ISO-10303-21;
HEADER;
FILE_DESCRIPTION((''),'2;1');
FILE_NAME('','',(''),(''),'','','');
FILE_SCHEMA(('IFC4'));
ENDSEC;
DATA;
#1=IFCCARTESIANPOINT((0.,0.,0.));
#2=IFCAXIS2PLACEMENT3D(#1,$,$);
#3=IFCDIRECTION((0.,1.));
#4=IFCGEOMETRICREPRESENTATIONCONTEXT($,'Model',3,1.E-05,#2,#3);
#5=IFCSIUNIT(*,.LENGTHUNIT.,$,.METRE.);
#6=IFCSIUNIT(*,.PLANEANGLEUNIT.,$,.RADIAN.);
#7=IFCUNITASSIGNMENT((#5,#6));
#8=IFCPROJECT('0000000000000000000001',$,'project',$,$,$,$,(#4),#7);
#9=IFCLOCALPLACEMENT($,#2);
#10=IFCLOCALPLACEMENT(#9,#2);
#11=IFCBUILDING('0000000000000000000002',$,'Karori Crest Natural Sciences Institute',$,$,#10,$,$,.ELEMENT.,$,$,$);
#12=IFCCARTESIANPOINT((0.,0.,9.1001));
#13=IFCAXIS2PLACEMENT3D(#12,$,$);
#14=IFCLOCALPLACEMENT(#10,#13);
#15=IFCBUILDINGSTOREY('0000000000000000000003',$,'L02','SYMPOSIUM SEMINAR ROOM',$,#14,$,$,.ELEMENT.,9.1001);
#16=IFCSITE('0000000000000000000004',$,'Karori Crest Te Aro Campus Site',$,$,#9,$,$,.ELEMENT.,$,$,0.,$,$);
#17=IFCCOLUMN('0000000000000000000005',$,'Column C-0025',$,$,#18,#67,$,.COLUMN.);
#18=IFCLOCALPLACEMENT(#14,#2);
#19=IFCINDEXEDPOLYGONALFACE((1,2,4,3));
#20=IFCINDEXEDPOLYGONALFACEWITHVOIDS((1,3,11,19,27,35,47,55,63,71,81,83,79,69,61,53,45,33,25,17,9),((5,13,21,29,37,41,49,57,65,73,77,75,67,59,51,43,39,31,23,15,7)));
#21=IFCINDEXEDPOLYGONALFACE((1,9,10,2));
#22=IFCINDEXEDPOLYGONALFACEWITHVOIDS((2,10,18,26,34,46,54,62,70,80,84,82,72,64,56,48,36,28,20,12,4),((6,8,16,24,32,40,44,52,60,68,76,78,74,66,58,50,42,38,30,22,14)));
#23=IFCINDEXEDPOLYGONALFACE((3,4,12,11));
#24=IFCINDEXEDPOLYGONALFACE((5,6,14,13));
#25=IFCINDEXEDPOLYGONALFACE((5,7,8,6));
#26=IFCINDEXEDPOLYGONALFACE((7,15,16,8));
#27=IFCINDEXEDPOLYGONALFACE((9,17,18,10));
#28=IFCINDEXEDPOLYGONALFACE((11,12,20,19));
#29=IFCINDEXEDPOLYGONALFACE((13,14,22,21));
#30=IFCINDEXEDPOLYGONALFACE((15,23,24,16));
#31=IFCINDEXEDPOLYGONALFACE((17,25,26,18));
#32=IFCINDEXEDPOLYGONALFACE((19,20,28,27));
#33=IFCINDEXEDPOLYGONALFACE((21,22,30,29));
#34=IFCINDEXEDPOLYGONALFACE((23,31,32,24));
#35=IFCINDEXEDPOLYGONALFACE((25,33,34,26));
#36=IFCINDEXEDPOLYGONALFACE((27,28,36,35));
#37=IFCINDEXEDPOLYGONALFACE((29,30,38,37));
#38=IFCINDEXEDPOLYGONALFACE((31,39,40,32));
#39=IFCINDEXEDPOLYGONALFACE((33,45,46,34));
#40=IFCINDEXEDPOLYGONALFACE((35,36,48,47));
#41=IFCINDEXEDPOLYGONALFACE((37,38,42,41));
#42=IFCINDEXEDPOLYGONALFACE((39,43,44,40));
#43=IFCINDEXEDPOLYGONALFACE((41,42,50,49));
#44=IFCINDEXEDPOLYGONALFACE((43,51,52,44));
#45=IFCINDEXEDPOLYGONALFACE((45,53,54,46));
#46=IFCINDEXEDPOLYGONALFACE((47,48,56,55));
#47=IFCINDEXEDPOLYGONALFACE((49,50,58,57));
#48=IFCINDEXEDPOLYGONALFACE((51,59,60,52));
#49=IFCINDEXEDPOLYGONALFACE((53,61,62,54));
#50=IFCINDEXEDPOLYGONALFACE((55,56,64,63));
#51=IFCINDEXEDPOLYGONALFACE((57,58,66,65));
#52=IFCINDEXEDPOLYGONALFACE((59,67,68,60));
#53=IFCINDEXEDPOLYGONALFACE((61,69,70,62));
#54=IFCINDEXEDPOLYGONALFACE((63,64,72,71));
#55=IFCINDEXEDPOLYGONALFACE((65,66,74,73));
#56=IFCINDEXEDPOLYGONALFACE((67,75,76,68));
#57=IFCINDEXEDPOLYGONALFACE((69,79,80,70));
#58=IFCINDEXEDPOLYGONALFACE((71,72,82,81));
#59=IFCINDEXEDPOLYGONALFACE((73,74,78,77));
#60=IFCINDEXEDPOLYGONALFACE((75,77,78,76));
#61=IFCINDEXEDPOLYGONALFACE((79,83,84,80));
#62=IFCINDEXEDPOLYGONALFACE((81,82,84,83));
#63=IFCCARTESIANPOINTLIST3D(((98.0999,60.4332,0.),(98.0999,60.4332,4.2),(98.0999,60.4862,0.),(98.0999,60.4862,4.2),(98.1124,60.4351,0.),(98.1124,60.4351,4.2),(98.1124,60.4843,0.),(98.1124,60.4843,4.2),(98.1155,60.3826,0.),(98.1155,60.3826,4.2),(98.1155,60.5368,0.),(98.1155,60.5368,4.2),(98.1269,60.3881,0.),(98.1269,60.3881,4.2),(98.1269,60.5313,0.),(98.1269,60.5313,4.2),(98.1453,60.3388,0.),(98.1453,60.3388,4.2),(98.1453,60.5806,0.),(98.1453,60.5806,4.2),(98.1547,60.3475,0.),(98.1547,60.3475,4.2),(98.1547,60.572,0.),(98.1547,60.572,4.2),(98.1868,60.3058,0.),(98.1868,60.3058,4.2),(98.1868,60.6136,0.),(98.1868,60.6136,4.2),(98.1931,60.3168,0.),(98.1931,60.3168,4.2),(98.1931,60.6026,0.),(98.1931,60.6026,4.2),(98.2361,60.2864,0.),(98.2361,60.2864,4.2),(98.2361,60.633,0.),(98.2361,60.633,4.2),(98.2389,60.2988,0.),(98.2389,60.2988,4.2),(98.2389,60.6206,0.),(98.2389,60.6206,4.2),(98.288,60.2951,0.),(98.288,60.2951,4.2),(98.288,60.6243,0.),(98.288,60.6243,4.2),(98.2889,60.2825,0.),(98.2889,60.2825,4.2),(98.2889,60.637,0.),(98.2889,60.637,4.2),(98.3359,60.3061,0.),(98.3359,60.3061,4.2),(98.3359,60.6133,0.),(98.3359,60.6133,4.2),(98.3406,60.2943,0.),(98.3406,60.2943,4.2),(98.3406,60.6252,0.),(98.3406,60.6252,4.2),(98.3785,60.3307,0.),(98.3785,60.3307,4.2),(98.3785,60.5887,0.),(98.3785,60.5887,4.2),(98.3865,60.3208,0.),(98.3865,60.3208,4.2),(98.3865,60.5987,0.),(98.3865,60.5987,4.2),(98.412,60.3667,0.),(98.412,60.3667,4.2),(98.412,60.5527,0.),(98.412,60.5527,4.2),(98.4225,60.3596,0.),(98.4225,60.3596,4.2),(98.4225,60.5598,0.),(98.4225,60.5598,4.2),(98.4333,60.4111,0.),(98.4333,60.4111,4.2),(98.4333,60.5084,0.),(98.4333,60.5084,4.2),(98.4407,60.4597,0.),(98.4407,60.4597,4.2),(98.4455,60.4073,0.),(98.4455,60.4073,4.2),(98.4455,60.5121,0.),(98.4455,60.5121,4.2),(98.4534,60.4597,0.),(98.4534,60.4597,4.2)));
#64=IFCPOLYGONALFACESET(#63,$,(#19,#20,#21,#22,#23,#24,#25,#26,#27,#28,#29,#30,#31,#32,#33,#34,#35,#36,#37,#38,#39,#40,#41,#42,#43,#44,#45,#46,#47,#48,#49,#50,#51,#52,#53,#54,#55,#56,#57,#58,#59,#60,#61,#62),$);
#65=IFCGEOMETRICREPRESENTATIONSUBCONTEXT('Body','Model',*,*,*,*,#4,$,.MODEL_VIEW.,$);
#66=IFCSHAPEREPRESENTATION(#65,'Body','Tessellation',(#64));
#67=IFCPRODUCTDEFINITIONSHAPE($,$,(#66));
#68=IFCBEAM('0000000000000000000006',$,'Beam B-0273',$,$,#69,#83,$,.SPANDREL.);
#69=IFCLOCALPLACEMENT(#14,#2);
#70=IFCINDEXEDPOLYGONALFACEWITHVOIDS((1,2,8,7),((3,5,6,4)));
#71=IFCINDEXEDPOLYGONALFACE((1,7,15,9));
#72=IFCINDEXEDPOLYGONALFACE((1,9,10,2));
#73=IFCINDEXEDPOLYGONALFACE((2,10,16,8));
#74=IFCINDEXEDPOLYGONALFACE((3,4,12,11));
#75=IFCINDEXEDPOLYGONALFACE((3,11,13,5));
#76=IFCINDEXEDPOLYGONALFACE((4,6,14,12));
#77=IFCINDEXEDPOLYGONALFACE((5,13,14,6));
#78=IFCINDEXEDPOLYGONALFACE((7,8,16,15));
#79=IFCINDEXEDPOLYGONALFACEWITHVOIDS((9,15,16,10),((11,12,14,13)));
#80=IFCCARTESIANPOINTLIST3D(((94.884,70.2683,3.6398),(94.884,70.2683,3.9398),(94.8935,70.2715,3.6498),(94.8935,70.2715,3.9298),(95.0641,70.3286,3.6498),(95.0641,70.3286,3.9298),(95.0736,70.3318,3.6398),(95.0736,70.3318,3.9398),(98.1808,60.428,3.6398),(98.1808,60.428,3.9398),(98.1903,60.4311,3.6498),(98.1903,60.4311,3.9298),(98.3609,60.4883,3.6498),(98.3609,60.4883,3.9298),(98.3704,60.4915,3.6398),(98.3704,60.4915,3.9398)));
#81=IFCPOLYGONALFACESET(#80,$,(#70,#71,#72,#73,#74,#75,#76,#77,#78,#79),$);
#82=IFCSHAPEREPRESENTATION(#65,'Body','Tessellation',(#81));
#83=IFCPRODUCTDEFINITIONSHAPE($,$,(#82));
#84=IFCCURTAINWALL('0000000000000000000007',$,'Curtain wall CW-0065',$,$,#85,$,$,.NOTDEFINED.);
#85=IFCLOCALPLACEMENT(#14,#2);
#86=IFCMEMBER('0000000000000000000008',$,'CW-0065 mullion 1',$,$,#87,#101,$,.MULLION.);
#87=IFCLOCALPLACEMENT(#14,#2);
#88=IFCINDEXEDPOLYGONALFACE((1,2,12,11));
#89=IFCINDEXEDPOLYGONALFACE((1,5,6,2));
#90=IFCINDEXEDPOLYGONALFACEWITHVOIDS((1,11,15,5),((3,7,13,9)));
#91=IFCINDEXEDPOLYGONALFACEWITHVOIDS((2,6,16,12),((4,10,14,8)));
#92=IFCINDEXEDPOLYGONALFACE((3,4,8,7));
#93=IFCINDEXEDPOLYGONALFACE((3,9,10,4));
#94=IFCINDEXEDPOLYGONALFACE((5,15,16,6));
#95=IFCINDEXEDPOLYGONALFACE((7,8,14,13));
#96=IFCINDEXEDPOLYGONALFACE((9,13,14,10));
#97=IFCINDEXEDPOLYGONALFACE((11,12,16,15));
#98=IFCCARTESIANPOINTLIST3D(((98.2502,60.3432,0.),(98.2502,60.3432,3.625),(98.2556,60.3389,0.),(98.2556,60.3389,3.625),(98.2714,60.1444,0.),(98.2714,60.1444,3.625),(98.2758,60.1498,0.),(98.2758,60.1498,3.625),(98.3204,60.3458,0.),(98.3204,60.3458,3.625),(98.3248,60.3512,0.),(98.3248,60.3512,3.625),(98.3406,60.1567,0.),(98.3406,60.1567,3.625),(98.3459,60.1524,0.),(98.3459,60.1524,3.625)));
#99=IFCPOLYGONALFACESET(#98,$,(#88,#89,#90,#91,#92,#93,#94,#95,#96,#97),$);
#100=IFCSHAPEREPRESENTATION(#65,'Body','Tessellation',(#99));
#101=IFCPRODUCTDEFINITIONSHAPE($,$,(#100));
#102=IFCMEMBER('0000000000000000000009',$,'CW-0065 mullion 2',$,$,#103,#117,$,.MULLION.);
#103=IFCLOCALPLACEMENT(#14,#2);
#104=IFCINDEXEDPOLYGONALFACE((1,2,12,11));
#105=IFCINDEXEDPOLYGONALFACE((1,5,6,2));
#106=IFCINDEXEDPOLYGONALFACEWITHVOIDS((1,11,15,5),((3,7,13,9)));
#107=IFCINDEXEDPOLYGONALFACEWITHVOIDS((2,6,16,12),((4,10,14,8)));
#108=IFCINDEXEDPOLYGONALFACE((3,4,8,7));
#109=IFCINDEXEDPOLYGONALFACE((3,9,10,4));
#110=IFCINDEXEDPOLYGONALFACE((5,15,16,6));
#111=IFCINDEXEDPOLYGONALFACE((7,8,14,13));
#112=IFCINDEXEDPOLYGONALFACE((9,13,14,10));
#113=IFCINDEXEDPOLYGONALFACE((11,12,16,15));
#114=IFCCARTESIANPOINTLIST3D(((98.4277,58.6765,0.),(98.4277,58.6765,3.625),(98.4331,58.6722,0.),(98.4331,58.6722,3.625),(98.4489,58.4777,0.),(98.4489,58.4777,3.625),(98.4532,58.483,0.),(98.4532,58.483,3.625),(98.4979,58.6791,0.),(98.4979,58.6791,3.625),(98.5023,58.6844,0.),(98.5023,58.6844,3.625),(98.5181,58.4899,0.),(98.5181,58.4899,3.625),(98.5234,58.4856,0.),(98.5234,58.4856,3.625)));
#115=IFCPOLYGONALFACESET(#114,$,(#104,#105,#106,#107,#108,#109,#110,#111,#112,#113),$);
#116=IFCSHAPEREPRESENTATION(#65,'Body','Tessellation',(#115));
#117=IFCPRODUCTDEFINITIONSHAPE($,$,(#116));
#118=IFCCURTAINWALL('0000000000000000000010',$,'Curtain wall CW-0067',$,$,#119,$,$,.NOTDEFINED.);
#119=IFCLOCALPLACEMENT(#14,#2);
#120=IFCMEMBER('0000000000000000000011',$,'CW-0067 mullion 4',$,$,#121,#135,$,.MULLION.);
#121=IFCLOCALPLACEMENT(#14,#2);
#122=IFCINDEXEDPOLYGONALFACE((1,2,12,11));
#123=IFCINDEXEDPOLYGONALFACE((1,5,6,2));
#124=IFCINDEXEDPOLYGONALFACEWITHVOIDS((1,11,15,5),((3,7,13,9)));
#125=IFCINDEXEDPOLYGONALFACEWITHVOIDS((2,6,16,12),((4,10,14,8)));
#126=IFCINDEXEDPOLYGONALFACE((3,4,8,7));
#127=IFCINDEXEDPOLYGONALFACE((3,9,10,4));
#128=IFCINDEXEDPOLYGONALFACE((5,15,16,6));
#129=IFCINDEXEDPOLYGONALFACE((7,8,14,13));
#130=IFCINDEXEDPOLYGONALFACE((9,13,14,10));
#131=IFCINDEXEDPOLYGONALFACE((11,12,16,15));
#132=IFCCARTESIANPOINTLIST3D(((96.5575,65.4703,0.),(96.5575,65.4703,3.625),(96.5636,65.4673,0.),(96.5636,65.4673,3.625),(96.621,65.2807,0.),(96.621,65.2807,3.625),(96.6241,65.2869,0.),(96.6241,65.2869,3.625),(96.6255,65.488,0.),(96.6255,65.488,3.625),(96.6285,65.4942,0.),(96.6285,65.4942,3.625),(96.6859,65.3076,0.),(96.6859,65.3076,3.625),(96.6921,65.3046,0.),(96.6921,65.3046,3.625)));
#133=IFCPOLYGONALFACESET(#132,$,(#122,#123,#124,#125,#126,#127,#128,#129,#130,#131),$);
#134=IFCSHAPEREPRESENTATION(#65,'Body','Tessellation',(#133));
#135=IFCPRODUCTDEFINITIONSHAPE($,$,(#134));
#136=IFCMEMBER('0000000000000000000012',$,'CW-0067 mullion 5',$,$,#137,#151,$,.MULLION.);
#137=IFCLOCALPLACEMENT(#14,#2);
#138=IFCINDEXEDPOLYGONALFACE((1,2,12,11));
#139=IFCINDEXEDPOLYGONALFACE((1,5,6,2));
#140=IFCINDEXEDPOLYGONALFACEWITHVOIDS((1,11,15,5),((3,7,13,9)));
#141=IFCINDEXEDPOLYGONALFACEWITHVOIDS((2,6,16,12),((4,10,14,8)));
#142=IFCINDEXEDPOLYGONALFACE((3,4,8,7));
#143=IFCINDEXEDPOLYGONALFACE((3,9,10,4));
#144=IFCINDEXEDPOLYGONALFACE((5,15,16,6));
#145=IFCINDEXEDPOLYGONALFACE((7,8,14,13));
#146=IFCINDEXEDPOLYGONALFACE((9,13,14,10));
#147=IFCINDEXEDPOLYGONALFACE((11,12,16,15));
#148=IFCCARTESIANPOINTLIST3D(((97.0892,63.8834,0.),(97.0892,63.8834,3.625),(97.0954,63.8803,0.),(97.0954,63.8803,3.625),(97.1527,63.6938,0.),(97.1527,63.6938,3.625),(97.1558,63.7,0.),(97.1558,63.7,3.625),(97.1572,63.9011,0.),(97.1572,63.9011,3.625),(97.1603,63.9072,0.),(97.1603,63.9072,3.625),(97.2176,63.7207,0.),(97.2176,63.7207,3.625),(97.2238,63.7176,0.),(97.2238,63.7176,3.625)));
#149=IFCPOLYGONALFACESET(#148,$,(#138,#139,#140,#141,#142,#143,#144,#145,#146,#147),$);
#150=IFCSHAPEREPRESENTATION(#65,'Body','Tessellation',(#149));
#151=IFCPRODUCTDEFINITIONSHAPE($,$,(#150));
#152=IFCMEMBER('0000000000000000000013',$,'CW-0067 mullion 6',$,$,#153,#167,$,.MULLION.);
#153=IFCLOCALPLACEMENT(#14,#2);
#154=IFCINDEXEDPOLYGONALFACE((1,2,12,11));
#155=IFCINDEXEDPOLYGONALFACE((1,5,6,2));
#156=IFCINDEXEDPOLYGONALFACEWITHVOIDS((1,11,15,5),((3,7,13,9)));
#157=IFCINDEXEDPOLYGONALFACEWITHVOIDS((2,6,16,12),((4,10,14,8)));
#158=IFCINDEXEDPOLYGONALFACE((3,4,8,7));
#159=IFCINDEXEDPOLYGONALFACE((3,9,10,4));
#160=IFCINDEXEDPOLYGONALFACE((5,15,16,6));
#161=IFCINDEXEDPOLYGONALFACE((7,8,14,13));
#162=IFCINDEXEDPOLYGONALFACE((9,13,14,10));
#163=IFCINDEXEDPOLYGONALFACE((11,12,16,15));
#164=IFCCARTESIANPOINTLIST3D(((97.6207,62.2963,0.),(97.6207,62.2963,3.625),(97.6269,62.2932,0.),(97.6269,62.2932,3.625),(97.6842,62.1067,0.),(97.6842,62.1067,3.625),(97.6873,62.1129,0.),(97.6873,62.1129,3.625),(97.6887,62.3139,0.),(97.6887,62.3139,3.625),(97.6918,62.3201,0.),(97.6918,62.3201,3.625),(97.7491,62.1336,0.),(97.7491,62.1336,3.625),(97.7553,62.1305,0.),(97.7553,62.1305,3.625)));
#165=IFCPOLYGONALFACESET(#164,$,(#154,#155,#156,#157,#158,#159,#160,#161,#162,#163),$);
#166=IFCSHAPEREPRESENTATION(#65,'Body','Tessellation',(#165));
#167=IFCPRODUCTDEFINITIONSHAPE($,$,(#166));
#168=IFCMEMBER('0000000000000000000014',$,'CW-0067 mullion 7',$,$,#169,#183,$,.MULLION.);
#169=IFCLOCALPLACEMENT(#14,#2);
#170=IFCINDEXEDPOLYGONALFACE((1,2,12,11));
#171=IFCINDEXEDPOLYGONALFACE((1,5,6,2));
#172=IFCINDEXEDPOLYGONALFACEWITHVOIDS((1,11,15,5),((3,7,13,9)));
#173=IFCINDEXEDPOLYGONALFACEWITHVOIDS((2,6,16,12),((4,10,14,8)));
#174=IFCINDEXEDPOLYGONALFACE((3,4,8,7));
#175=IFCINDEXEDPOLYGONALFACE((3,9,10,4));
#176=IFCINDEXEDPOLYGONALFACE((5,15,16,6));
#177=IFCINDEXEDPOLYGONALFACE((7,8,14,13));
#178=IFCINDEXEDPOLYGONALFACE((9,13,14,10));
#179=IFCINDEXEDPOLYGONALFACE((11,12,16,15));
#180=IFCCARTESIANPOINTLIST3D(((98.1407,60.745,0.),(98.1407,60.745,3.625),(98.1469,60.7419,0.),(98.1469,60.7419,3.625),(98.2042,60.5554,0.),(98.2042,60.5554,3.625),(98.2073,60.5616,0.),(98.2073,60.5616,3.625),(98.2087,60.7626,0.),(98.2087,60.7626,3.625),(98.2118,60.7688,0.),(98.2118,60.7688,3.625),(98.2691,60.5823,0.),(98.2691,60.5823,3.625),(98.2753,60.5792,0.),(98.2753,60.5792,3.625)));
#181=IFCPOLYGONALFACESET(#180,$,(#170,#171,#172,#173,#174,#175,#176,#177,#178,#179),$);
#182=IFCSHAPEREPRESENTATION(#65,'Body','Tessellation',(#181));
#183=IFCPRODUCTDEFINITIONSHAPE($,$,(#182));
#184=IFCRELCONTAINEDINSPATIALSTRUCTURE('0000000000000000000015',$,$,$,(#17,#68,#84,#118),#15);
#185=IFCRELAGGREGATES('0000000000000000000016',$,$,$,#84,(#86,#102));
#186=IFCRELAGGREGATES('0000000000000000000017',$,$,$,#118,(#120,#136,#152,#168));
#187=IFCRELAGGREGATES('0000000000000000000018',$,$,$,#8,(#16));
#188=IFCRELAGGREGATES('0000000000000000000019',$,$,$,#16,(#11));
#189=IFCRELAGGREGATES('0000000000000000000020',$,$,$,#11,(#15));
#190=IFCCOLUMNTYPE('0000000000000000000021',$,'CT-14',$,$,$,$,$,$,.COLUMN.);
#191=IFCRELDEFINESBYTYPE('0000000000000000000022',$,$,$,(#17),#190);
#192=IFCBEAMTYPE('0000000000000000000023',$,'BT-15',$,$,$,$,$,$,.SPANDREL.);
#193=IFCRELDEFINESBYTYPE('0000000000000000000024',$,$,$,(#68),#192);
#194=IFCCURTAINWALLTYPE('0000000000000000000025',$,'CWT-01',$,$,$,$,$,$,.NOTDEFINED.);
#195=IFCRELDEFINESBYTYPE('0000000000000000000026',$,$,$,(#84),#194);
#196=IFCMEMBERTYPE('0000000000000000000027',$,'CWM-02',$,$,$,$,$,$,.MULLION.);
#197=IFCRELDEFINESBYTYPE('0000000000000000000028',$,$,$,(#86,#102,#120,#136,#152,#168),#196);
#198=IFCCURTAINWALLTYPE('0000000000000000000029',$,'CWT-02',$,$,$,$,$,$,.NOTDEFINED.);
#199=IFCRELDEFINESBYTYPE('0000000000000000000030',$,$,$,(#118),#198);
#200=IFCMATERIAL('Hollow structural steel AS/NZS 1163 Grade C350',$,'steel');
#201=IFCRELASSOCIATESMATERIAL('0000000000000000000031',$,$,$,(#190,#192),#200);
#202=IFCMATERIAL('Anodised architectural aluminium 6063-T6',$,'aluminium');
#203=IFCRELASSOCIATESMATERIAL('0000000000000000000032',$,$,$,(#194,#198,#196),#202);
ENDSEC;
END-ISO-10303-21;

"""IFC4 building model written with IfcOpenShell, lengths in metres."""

from ifc_helpers import new_model, si_unit, direction, frame, origin, origin_2d, place, context, subcontext, project, spatial, hollow_rectangle, hollow_circle, extrude, material, material_profile, profile_set, type_object, element, aggregate, save


model = new_model("IFC4")

# Units and contexts
model_context = context("Model", 3, precision=1e-05, world=origin(), true_north=direction((0.0, 1.0)))
body_context = subcontext(model_context, "Body", "Model", "MODEL_VIEW")
ifc_project = project(units=[si_unit("LENGTHUNIT", "METRE"), si_unit("PLANEANGLEUNIT", "RADIAN")], contexts=[model_context])

# Site, building, storey
site_placement = place(None, origin())
site = spatial("IfcSite", under=ifc_project, at=site_placement, Name="Karori Crest Te Aro Campus Site", CompositionType="ELEMENT", RefElevation=0.0)
building_placement = place(site_placement, origin())
building = spatial("IfcBuilding", under=site, at=building_placement, Name="Karori Crest Natural Sciences Institute", CompositionType="ELEMENT")
storey_placement = place(building_placement, frame((0.0, 0.0, 9.1001)))
storey = spatial("IfcBuildingStorey", under=building, at=storey_placement, Name="L02", Description="SYMPOSIUM SEMINAR ROOM", CompositionType="ELEMENT", Elevation=9.1001)

# Column
ifc_material_1 = material(Name="Hollow structural steel AS/NZS 1163 Grade C350", Category="steel")
ifc_material_profile_1 = material_profile(ifc_material_1, hollow_circle(Radius=0.1777, WallThickness=0.0127, at=origin_2d()), Name="CHS355.6x12.7")
ifc_profile_set_1 = profile_set([ifc_material_profile_1], Name="Hollow structural steel AS/NZS 1163 Grade C350")
column_type = type_object("IfcColumnType", Name="CT-14", PredefinedType="COLUMN", material=ifc_profile_set_1)
column_placement = place(storey_placement, frame((98.2756, 60.4597, 0.0), z_axis=(0.0, 0.0, 1.0), x_axis=(1.0, 0.0, 0.0)))
element("IfcColumn", 1, at=column_placement, inside=storey, type_object=column_type, Name="Column C-0025", PredefinedType="COLUMN", context=body_context, shape_type="SweptSolid", body=[
    extrude(hollow_circle(Radius=0.1777, WallThickness=0.0127, at=origin_2d()), origin(), (0.0, 0.0, 1.0), 4.2),
])

# Beam
ifc_material_profile_2 = material_profile(ifc_material_1, hollow_rectangle(XDim=0.2, YDim=0.3, WallThickness=0.01, at=origin_2d()), Name="RHS300x200x10")
ifc_profile_set_2 = profile_set([ifc_material_profile_2], Name="Hollow structural steel AS/NZS 1163 Grade C350")
beam_type = type_object("IfcBeamType", Name="BT-15", PredefinedType="SPANDREL", material=ifc_profile_set_2)
beam_placement = place(storey_placement, frame((98.2756, 60.4597, 3.7898), z_axis=(-0.317681, 0.948198, 0.0), x_axis=(-0.948198, -0.317681, 0.0)))
element("IfcBeam", 2, at=beam_placement, inside=storey, type_object=beam_type, Name="Beam B-0273", PredefinedType="SPANDREL", context=body_context, shape_type="SweptSolid", body=[
    extrude(hollow_rectangle(XDim=0.2, YDim=0.3, WallThickness=0.01, at=origin_2d()), origin(), (0.0, 0.0, 1.0), 10.3779),
])

# Curtain walls, members
ifc_material_2 = material(Name="Anodised architectural aluminium 6063-T6", Category="aluminium")
curtain_wall_type_1 = type_object("IfcCurtainWallType", Name="CWT-01", PredefinedType="NOTDEFINED", material=ifc_material_2)
curtain_wall_1_placement = place(storey_placement, origin())
curtain_wall_1 = element("IfcCurtainWall", 3, at=curtain_wall_1_placement, inside=storey, type_object=curtain_wall_type_1, Name="Curtain wall CW-0065", PredefinedType="NOTDEFINED")
ifc_material_profile_3 = material_profile(ifc_material_2, hollow_rectangle(XDim=0.075, YDim=0.2, WallThickness=0.0049, at=origin_2d()), Name="CWM200x75x5")
ifc_profile_set_3 = profile_set([ifc_material_profile_3], Name="Anodised architectural aluminium 6063-T6")
member_type_1 = type_object("IfcMemberType", Name="CWM-02", PredefinedType="MULLION", material=ifc_profile_set_3)
member_1_placement = place(storey_placement, frame((98.2981, 60.2478, 0.0), z_axis=(0.0, 0.0, 1.0), x_axis=(0.994379, 0.105882, 0.0)))
member_1 = element("IfcMember", 4, at=member_1_placement, type_object=member_type_1, Name="CW-0065 mullion 1", PredefinedType="MULLION", context=body_context, shape_type="SweptSolid", body=[
    extrude(hollow_rectangle(XDim=0.075, YDim=0.2, WallThickness=0.0049, at=origin_2d()), origin(), (0.0, 0.0, 1.0), 3.625),
])
member_2_placement = place(storey_placement, frame((98.4756, 58.5811, 0.0), z_axis=(0.0, 0.0, 1.0), x_axis=(0.994379, 0.105882, 0.0)))
member_2 = element("IfcMember", 5, at=member_2_placement, type_object=member_type_1, Name="CW-0065 mullion 2", PredefinedType="MULLION", context=body_context, shape_type="SweptSolid", body=[
    extrude(hollow_rectangle(XDim=0.075, YDim=0.2, WallThickness=0.0049, at=origin_2d()), origin(), (0.0, 0.0, 1.0), 3.625),
])
curtain_wall_type_2 = type_object("IfcCurtainWallType", Name="CWT-02", PredefinedType="NOTDEFINED", material=ifc_material_2)
curtain_wall_2_placement = place(storey_placement, origin())
curtain_wall_2 = element("IfcCurtainWall", 6, at=curtain_wall_2_placement, inside=storey, type_object=curtain_wall_type_2, Name="Curtain wall CW-0067", PredefinedType="NOTDEFINED")
member_3_placement = place(storey_placement, frame((96.6248, 65.3875, 0.0), z_axis=(0.0, 0.0, 1.0), x_axis=(0.948196, 0.317685, 0.0)))
member_3 = element("IfcMember", 7, at=member_3_placement, type_object=member_type_1, Name="CW-0067 mullion 4", PredefinedType="MULLION", context=body_context, shape_type="SweptSolid", body=[
    extrude(hollow_rectangle(XDim=0.075, YDim=0.2, WallThickness=0.0049, at=origin_2d()), origin(), (0.0, 0.0, 1.0), 3.625),
])
member_4_placement = place(storey_placement, frame((97.1565, 63.8005, 0.0), z_axis=(0.0, 0.0, 1.0), x_axis=(0.948196, 0.317685, 0.0)))
member_4 = element("IfcMember", 8, at=member_4_placement, type_object=member_type_1, Name="CW-0067 mullion 5", PredefinedType="MULLION", context=body_context, shape_type="SweptSolid", body=[
    extrude(hollow_rectangle(XDim=0.075, YDim=0.2, WallThickness=0.0049, at=origin_2d()), origin(), (0.0, 0.0, 1.0), 3.625),
])
member_5_placement = place(storey_placement, frame((97.688, 62.2134, 0.0), z_axis=(0.0, 0.0, 1.0), x_axis=(0.948196, 0.317685, 0.0)))
member_5 = element("IfcMember", 9, at=member_5_placement, type_object=member_type_1, Name="CW-0067 mullion 6", PredefinedType="MULLION", context=body_context, shape_type="SweptSolid", body=[
    extrude(hollow_rectangle(XDim=0.075, YDim=0.2, WallThickness=0.0049, at=origin_2d()), origin(), (0.0, 0.0, 1.0), 3.625),
])
member_6_placement = place(storey_placement, frame((98.208, 60.6621, 0.0), z_axis=(0.0, 0.0, 1.0), x_axis=(0.948196, 0.317685, 0.0)))
member_6 = element("IfcMember", 10, at=member_6_placement, type_object=member_type_1, Name="CW-0067 mullion 7", PredefinedType="MULLION", context=body_context, shape_type="SweptSolid", body=[
    extrude(hollow_rectangle(XDim=0.075, YDim=0.2, WallThickness=0.0049, at=origin_2d()), origin(), (0.0, 0.0, 1.0), 3.625),
])

aggregate(curtain_wall_1, [member_1, member_2])
aggregate(curtain_wall_2, [member_3, member_4, member_5, member_6])

save(model, "model.ifc")
